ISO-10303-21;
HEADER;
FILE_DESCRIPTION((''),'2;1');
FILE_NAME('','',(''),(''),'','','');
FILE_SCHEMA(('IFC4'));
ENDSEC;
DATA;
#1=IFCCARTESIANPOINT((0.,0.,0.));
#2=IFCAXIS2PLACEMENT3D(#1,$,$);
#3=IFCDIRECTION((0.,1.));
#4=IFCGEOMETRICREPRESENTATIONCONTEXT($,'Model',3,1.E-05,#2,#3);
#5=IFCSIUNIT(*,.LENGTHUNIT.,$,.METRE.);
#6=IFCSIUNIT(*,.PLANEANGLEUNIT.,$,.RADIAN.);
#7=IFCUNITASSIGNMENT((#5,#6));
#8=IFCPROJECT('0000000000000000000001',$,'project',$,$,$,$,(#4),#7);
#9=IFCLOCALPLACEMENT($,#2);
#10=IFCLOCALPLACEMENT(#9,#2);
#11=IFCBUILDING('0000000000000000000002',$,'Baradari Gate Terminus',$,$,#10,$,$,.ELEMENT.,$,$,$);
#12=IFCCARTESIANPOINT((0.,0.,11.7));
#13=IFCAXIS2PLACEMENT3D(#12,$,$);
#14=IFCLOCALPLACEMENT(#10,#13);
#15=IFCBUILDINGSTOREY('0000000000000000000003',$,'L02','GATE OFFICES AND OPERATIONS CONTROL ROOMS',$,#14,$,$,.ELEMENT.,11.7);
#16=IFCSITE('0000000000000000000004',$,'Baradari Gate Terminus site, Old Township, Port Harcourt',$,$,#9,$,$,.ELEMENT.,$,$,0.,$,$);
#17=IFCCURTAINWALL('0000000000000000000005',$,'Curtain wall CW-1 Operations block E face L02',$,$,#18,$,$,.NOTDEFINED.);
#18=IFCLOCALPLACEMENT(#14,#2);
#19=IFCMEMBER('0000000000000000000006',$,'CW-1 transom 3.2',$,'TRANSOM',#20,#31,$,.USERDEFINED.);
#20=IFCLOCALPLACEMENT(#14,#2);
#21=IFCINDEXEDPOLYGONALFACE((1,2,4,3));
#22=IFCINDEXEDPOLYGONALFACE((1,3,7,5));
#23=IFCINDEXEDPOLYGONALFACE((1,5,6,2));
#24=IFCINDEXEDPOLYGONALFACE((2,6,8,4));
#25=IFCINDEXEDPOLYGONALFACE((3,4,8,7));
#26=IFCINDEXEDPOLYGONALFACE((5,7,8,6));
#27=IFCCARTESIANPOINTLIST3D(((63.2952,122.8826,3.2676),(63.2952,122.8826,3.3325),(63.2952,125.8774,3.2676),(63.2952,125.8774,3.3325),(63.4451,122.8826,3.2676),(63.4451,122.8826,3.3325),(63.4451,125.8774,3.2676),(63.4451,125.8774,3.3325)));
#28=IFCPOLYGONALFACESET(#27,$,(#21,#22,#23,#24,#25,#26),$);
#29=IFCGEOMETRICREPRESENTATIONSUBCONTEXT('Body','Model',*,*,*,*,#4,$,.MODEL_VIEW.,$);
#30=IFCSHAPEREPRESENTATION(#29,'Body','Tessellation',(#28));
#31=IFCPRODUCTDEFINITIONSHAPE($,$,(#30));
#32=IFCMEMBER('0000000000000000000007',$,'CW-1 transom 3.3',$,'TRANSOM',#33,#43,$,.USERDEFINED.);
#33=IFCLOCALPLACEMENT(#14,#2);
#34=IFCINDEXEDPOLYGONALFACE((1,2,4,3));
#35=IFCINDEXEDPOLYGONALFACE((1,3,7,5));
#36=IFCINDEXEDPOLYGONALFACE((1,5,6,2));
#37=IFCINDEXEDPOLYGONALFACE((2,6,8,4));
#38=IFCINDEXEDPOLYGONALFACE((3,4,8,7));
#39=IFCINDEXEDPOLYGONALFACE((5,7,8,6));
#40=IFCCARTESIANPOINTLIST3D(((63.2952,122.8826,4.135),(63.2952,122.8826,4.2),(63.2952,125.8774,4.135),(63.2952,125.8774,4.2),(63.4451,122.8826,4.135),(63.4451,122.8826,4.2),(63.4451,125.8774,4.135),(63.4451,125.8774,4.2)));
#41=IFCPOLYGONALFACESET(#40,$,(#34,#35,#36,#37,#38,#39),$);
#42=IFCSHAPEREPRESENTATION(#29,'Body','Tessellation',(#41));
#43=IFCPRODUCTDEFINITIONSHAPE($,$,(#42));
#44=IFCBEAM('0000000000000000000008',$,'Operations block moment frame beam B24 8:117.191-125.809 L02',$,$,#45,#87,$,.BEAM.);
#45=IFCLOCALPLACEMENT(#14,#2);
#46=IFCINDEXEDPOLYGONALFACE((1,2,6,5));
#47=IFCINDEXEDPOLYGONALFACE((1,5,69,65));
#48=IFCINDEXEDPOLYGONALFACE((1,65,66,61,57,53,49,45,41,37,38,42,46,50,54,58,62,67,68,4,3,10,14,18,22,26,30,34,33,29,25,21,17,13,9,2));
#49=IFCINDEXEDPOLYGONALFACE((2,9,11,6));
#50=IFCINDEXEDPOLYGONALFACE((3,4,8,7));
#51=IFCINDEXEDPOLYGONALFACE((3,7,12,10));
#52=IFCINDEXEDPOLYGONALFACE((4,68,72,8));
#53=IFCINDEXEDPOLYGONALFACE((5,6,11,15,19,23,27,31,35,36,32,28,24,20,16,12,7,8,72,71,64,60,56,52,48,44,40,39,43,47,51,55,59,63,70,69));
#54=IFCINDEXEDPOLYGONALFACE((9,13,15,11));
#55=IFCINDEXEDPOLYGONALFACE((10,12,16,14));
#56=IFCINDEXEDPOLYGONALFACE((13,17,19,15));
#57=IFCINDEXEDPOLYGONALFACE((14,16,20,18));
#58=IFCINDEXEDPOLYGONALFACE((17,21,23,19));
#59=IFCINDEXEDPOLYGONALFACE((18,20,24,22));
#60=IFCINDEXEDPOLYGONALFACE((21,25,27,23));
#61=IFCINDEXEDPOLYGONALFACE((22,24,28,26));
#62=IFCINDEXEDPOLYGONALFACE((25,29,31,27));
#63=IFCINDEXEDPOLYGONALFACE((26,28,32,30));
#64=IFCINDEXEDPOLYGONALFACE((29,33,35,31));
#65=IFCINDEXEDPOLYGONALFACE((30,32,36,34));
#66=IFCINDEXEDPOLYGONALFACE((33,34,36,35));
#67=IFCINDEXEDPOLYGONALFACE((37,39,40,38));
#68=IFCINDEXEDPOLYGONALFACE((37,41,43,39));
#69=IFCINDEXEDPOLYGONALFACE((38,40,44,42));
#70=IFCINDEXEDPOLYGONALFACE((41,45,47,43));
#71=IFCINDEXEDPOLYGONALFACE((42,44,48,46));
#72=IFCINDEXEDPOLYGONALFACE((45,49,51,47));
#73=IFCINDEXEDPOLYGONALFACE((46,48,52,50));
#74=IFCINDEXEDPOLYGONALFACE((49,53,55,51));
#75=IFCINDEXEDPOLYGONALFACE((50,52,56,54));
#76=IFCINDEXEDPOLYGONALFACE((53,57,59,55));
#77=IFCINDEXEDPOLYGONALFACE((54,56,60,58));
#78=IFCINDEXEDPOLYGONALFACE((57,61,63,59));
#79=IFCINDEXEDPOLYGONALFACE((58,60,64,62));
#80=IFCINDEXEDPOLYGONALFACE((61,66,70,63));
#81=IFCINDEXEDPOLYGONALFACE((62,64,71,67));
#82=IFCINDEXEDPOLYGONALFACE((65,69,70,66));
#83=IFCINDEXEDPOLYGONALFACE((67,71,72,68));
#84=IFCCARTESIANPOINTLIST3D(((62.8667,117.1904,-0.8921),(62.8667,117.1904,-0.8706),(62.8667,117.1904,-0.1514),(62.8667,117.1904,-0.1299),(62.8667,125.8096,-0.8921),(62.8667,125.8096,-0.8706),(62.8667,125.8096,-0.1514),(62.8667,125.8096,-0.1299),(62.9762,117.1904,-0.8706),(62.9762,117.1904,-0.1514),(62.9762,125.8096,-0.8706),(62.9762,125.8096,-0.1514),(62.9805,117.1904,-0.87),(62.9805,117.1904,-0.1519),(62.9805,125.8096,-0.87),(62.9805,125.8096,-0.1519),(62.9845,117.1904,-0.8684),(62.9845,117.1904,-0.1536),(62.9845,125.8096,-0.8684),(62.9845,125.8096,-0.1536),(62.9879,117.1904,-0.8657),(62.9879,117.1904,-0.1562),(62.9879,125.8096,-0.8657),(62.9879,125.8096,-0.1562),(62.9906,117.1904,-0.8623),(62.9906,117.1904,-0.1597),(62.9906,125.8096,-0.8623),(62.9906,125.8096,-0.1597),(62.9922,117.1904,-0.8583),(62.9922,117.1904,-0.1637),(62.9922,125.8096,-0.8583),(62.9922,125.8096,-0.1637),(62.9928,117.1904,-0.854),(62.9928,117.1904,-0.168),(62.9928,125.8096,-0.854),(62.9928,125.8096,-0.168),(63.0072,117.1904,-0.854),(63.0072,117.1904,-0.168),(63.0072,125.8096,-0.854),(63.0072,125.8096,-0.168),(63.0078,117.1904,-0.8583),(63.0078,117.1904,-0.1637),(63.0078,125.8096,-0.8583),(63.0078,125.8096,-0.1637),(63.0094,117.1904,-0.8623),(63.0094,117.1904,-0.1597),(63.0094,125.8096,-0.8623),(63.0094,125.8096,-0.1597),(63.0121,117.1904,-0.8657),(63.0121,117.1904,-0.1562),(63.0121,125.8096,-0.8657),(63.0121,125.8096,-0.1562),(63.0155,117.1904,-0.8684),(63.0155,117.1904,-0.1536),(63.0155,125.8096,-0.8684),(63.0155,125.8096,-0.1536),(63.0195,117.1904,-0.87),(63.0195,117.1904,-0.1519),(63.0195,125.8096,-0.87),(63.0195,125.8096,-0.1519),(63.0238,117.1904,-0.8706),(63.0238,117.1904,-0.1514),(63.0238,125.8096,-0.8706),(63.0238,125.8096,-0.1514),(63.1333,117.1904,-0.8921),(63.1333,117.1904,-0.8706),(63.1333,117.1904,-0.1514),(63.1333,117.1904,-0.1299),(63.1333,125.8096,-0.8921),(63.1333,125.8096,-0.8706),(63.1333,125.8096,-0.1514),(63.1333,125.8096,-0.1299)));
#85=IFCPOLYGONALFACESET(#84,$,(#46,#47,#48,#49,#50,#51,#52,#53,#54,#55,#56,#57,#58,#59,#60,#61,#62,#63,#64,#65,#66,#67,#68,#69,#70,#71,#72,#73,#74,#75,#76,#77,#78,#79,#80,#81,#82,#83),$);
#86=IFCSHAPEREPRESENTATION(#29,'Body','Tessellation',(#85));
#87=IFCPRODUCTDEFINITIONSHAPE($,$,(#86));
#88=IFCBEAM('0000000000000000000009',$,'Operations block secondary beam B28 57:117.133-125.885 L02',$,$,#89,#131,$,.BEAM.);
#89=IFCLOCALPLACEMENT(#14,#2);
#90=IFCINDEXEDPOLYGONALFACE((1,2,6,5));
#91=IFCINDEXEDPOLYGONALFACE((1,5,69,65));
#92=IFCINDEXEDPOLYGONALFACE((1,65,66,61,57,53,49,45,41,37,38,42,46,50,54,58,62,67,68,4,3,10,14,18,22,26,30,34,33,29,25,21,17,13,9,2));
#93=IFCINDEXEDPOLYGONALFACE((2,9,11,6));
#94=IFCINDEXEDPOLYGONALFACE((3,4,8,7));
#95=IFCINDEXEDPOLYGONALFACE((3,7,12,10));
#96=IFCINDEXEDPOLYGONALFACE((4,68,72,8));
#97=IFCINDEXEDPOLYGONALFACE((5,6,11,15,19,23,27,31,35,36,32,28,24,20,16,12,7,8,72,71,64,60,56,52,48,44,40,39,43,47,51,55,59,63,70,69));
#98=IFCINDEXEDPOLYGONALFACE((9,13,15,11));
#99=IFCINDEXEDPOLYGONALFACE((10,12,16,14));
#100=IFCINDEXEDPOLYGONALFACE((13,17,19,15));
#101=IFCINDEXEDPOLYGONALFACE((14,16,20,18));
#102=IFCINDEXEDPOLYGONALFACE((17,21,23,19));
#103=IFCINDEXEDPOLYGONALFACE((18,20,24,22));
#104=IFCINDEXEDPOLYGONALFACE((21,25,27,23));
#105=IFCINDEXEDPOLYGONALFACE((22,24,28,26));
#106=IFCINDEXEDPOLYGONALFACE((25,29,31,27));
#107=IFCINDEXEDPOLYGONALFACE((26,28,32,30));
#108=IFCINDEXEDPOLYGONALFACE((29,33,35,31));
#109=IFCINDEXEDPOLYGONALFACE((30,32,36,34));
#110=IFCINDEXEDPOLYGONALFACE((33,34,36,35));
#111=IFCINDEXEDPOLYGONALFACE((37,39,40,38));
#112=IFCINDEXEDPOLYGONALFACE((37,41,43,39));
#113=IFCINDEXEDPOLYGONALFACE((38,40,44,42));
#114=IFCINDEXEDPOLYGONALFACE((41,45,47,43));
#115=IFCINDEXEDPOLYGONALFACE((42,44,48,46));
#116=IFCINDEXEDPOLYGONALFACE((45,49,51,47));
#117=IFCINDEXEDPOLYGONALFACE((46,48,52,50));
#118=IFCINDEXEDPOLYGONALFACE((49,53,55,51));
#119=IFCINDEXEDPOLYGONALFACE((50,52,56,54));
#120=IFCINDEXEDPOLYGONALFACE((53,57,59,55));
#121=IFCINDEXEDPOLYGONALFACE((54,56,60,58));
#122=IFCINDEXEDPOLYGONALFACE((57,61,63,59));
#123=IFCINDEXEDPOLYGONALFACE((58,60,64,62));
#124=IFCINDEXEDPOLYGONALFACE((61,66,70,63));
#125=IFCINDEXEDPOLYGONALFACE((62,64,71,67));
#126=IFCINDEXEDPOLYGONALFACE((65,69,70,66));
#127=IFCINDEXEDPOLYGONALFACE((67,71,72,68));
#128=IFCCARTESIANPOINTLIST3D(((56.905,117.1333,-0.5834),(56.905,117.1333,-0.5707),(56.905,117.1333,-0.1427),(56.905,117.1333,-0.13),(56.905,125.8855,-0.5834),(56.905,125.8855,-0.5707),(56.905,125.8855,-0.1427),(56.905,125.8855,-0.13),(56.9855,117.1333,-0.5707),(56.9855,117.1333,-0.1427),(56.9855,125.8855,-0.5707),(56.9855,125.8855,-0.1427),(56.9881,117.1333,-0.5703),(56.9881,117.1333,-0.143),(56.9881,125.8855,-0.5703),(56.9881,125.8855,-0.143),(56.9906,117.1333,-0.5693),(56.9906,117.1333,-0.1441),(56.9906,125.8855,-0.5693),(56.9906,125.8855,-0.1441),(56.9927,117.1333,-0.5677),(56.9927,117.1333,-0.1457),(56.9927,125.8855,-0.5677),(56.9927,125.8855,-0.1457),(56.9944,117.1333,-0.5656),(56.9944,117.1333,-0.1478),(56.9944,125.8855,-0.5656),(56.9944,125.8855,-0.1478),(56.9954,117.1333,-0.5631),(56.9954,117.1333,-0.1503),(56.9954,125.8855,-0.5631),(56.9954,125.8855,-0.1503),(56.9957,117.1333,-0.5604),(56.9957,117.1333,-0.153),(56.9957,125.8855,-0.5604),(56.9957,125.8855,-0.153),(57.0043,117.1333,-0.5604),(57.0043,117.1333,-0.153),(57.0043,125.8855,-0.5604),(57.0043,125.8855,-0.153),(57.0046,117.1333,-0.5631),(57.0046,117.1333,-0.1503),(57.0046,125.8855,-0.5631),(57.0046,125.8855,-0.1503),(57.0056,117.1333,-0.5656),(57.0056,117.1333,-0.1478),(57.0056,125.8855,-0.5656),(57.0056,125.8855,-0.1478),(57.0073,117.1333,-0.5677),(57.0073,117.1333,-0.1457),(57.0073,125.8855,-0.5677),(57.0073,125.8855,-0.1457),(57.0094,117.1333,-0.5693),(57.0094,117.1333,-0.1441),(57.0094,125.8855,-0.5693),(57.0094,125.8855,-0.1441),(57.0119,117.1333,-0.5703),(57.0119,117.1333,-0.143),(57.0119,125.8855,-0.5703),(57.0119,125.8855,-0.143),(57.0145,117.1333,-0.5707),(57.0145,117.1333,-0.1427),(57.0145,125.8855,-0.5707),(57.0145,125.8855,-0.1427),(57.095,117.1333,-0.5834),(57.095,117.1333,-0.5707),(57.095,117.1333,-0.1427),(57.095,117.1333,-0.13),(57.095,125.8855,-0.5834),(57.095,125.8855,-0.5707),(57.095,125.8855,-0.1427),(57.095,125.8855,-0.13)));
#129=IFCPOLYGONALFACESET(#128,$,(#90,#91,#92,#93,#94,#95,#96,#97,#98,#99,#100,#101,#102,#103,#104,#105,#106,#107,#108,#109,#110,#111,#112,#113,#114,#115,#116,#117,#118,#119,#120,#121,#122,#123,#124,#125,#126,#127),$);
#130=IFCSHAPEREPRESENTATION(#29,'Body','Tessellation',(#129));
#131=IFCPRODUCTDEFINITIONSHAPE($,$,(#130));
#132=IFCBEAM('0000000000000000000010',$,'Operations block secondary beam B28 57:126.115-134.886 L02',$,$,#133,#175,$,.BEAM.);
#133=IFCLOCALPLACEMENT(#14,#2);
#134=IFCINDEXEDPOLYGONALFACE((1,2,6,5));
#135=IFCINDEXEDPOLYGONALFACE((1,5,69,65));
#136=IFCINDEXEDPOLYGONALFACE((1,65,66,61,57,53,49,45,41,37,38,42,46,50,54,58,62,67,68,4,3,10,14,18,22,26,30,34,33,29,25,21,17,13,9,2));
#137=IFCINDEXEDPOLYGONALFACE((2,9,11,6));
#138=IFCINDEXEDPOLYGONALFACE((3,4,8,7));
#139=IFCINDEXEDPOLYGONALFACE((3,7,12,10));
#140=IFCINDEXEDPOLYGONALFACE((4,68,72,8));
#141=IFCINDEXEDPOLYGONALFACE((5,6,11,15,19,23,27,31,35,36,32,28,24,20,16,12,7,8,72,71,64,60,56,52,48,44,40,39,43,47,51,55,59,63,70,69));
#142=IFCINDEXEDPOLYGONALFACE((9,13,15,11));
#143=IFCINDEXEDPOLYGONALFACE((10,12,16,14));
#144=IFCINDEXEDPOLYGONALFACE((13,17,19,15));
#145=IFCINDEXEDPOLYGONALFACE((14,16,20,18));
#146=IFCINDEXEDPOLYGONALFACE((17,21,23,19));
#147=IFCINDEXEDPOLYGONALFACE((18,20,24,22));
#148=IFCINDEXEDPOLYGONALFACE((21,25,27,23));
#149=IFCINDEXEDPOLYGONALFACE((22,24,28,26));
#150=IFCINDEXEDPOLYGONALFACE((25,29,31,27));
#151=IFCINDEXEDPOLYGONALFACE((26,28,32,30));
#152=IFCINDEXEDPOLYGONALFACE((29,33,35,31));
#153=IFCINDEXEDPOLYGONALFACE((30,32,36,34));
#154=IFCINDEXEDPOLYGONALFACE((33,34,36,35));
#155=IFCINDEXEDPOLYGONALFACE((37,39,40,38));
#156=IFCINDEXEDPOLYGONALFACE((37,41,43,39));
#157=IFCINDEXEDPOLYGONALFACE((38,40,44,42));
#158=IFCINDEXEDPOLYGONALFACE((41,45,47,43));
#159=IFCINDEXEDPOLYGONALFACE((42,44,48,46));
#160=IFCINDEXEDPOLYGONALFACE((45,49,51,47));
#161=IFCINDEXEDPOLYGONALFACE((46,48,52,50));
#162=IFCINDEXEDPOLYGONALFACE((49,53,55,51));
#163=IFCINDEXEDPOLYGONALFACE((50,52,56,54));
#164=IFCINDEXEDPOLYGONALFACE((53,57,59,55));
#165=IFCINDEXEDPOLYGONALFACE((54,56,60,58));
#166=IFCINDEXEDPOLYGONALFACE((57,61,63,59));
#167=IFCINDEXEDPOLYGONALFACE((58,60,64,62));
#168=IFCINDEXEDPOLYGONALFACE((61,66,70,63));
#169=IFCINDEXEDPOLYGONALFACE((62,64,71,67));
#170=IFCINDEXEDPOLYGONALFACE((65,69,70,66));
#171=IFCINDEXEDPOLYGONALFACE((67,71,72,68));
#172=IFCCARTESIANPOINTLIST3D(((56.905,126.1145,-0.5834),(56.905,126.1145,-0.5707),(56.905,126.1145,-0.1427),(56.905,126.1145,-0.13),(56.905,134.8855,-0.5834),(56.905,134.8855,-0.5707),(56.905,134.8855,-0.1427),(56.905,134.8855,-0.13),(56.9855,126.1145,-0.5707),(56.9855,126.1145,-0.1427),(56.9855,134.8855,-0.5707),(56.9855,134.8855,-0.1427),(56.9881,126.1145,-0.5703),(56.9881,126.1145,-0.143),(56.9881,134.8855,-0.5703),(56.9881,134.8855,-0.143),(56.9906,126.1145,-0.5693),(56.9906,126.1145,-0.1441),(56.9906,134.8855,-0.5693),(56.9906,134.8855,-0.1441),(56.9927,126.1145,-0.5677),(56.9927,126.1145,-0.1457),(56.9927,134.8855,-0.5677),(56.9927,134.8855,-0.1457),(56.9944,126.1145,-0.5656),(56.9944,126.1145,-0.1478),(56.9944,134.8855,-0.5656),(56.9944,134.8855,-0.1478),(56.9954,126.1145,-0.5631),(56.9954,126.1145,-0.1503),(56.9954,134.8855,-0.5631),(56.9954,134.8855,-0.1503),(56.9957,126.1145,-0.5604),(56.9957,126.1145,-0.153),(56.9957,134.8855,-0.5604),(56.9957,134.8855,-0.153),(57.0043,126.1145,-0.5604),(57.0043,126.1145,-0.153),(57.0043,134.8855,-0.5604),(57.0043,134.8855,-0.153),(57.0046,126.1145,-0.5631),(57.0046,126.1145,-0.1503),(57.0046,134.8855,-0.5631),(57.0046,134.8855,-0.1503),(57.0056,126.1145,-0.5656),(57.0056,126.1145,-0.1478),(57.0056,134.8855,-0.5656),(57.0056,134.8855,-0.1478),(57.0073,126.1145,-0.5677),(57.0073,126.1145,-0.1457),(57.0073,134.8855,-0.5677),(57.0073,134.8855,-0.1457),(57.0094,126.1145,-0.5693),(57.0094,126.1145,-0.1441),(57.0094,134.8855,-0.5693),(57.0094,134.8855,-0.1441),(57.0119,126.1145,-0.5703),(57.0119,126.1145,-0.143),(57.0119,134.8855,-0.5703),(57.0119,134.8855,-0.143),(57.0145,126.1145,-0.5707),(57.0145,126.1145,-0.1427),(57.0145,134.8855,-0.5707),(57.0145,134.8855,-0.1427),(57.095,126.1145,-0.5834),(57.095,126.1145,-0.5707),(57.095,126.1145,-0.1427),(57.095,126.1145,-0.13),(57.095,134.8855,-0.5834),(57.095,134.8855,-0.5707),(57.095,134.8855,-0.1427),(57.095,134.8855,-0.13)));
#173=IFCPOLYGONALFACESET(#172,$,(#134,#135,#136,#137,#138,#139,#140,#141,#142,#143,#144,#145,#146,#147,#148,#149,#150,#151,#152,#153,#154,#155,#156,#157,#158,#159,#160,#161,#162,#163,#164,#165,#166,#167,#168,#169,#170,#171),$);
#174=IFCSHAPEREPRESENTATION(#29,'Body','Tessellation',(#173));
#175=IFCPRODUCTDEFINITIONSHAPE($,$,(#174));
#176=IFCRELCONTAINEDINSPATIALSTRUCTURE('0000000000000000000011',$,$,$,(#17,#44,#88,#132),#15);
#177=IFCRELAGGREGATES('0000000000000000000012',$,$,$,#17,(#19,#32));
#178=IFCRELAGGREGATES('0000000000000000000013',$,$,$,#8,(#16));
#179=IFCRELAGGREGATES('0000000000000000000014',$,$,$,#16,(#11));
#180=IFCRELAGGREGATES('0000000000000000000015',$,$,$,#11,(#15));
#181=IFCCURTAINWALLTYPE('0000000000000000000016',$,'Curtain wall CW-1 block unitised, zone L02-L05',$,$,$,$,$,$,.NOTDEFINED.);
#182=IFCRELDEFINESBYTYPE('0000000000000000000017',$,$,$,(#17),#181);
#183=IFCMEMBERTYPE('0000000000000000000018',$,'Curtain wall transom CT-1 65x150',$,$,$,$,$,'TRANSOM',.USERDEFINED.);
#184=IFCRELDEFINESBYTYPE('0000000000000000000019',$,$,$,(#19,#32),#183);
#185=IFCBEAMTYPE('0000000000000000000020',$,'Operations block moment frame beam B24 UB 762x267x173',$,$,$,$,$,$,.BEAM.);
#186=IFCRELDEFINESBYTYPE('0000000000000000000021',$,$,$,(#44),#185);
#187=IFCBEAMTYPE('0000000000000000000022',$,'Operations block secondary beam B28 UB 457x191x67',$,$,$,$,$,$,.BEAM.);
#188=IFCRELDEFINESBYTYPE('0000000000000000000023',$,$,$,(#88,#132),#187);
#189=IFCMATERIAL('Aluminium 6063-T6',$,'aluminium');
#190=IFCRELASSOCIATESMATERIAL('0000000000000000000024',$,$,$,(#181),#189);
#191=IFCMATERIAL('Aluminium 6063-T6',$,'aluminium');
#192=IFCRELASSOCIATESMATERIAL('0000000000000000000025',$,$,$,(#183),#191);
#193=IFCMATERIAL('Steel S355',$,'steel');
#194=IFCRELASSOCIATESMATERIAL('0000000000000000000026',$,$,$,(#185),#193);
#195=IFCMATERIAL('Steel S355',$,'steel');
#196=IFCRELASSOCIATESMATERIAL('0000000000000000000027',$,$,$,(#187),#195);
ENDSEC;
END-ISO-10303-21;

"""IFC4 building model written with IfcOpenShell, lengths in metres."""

from ifc_helpers import new_model, si_unit, direction, frame, origin, origin_2d, place, context, subcontext, project, spatial, rectangle, i_section, extrude, material, material_profile, profile_set, type_object, element, aggregate, save


model = new_model("IFC4")

# Units and contexts
model_context = context("Model", 3, precision=1e-05, world=origin(), true_north=direction((0.0, 1.0)))
body_context = subcontext(model_context, "Body", "Model", "MODEL_VIEW")
ifc_project = project(units=[si_unit("LENGTHUNIT", "METRE"), si_unit("PLANEANGLEUNIT", "RADIAN")], contexts=[model_context])

# Site, building, storey
site_placement = place(None, origin())
site = spatial("IfcSite", under=ifc_project, at=site_placement, Name="Baradari Gate Terminus site, Old Township, Port Harcourt", CompositionType="ELEMENT", RefElevation=0.0)
building_placement = place(site_placement, origin())
building = spatial("IfcBuilding", under=site, at=building_placement, Name="Baradari Gate Terminus", CompositionType="ELEMENT")
storey_placement = place(building_placement, frame((0.0, 0.0, 11.7)))
storey = spatial("IfcBuildingStorey", under=building, at=storey_placement, Name="L02", Description="GATE OFFICES AND OPERATIONS CONTROL ROOMS", CompositionType="ELEMENT", Elevation=11.7)

# Curtain wall, members
ifc_material_1 = material(Name="Aluminium 6063-T6", Category="aluminium")
curtain_wall_type = type_object("IfcCurtainWallType", Name="Curtain wall CW-1 block unitised, zone L02-L05", PredefinedType="NOTDEFINED", material=ifc_material_1)
curtain_wall_placement = place(storey_placement, origin())
curtain_wall = element("IfcCurtainWall", 1, at=curtain_wall_placement, inside=storey, type_object=curtain_wall_type, Name="Curtain wall CW-1 Operations block E face L02", PredefinedType="NOTDEFINED")
ifc_material_2 = material(Name="Aluminium 6063-T6", Category="aluminium")
ifc_material_profile_1 = material_profile(ifc_material_2, rectangle(XDim=0.1499, YDim=0.0649, at=origin_2d()), Name="CT-1 65X150")
ifc_profile_set_1 = profile_set([ifc_material_profile_1], Name="Aluminium 6063-T6")
member_type_1 = type_object("IfcMemberType", Name="Curtain wall transom CT-1 65x150", ElementType="TRANSOM", PredefinedType="USERDEFINED", material=ifc_profile_set_1)
member_1_placement = place(storey_placement, frame((63.3701, 122.8826, 3.3), z_axis=(0.0, 1.0, 0.0), x_axis=(-1.0, 0.0, 0.0)))
member_1 = element("IfcMember", 2, at=member_1_placement, type_object=member_type_1, Name="CW-1 transom 3.2", ObjectType="TRANSOM", PredefinedType="USERDEFINED", context=body_context, shape_type="SweptSolid", body=[
    extrude(rectangle(XDim=0.1499, YDim=0.0649, at=origin_2d()), origin(), (0.0, 0.0, 1.0), 2.9949),
])
member_2_placement = place(storey_placement, frame((63.3701, 122.8826, 4.1675), z_axis=(0.0, 1.0, 0.0), x_axis=(-1.0, 0.0, 0.0)))
member_2 = element("IfcMember", 3, at=member_2_placement, type_object=member_type_1, Name="CW-1 transom 3.3", ObjectType="TRANSOM", PredefinedType="USERDEFINED", context=body_context, shape_type="SweptSolid", body=[
    extrude(rectangle(XDim=0.1499, YDim=0.0649, at=origin_2d()), origin(), (0.0, 0.0, 1.0), 2.9949),
])

# Beams
ifc_material_3 = material(Name="Steel S355", Category="steel")
ifc_material_profile_2 = material_profile(ifc_material_3, i_section(OverallWidth=0.2666, OverallDepth=0.7622, WebThickness=0.0144, FlangeThickness=0.0215, FilletRadius=0.0166, at=origin_2d()), Name="UB 762x267x173")
ifc_profile_set_2 = profile_set([ifc_material_profile_2], Name="Steel S355")
beam_type_1 = type_object("IfcBeamType", Name="Operations block moment frame beam B24 UB 762x267x173", PredefinedType="BEAM", material=ifc_profile_set_2)
beam_1_placement = place(storey_placement, frame((63.0, 117.1904, -0.511), z_axis=(0.0, 1.0, 0.0), x_axis=(-1.0, 0.0, 0.0)))
element("IfcBeam", 4, at=beam_1_placement, inside=storey, type_object=beam_type_1, Name="Operations block moment frame beam B24 8:117.191-125.809 L02", PredefinedType="BEAM", context=body_context, shape_type="SweptSolid", body=[
    extrude(i_section(OverallWidth=0.2666, OverallDepth=0.7622, WebThickness=0.0144, FlangeThickness=0.0215, FilletRadius=0.0166, at=origin_2d()), origin(), (0.0, 0.0, 1.0), 8.6191),
])
ifc_material_4 = material(Name="Steel S355", Category="steel")
ifc_material_profile_3 = material_profile(ifc_material_4, i_section(OverallWidth=0.1899, OverallDepth=0.4534, WebThickness=0.0085, FlangeThickness=0.0127, FilletRadius=0.0103, at=origin_2d()), Name="UB 457x191x67")
ifc_profile_set_3 = profile_set([ifc_material_profile_3], Name="Steel S355")
beam_type_2 = type_object("IfcBeamType", Name="Operations block secondary beam B28 UB 457x191x67", PredefinedType="BEAM", material=ifc_profile_set_3)
beam_2_placement = place(storey_placement, frame((57.0, 117.1333, -0.3567), z_axis=(0.0, 1.0, 0.0), x_axis=(-1.0, 0.0, 0.0)))
element("IfcBeam", 5, at=beam_2_placement, inside=storey, type_object=beam_type_2, Name="Operations block secondary beam B28 57:117.133-125.885 L02", PredefinedType="BEAM", context=body_context, shape_type="SweptSolid", body=[
    extrude(i_section(OverallWidth=0.1899, OverallDepth=0.4534, WebThickness=0.0085, FlangeThickness=0.0127, FilletRadius=0.0103, at=origin_2d()), origin(), (0.0, 0.0, 1.0), 8.7522),
])
beam_3_placement = place(storey_placement, frame((57.0, 126.1145, -0.3567), z_axis=(0.0, 1.0, 0.0), x_axis=(-1.0, 0.0, 0.0)))
element("IfcBeam", 6, at=beam_3_placement, inside=storey, type_object=beam_type_2, Name="Operations block secondary beam B28 57:126.115-134.886 L02", PredefinedType="BEAM", context=body_context, shape_type="SweptSolid", body=[
    extrude(i_section(OverallWidth=0.1899, OverallDepth=0.4534, WebThickness=0.0085, FlangeThickness=0.0127, FilletRadius=0.0103, at=origin_2d()), origin(), (0.0, 0.0, 1.0), 8.771),
])

aggregate(curtain_wall, [member_1, member_2])

save(model, "model.ifc")
